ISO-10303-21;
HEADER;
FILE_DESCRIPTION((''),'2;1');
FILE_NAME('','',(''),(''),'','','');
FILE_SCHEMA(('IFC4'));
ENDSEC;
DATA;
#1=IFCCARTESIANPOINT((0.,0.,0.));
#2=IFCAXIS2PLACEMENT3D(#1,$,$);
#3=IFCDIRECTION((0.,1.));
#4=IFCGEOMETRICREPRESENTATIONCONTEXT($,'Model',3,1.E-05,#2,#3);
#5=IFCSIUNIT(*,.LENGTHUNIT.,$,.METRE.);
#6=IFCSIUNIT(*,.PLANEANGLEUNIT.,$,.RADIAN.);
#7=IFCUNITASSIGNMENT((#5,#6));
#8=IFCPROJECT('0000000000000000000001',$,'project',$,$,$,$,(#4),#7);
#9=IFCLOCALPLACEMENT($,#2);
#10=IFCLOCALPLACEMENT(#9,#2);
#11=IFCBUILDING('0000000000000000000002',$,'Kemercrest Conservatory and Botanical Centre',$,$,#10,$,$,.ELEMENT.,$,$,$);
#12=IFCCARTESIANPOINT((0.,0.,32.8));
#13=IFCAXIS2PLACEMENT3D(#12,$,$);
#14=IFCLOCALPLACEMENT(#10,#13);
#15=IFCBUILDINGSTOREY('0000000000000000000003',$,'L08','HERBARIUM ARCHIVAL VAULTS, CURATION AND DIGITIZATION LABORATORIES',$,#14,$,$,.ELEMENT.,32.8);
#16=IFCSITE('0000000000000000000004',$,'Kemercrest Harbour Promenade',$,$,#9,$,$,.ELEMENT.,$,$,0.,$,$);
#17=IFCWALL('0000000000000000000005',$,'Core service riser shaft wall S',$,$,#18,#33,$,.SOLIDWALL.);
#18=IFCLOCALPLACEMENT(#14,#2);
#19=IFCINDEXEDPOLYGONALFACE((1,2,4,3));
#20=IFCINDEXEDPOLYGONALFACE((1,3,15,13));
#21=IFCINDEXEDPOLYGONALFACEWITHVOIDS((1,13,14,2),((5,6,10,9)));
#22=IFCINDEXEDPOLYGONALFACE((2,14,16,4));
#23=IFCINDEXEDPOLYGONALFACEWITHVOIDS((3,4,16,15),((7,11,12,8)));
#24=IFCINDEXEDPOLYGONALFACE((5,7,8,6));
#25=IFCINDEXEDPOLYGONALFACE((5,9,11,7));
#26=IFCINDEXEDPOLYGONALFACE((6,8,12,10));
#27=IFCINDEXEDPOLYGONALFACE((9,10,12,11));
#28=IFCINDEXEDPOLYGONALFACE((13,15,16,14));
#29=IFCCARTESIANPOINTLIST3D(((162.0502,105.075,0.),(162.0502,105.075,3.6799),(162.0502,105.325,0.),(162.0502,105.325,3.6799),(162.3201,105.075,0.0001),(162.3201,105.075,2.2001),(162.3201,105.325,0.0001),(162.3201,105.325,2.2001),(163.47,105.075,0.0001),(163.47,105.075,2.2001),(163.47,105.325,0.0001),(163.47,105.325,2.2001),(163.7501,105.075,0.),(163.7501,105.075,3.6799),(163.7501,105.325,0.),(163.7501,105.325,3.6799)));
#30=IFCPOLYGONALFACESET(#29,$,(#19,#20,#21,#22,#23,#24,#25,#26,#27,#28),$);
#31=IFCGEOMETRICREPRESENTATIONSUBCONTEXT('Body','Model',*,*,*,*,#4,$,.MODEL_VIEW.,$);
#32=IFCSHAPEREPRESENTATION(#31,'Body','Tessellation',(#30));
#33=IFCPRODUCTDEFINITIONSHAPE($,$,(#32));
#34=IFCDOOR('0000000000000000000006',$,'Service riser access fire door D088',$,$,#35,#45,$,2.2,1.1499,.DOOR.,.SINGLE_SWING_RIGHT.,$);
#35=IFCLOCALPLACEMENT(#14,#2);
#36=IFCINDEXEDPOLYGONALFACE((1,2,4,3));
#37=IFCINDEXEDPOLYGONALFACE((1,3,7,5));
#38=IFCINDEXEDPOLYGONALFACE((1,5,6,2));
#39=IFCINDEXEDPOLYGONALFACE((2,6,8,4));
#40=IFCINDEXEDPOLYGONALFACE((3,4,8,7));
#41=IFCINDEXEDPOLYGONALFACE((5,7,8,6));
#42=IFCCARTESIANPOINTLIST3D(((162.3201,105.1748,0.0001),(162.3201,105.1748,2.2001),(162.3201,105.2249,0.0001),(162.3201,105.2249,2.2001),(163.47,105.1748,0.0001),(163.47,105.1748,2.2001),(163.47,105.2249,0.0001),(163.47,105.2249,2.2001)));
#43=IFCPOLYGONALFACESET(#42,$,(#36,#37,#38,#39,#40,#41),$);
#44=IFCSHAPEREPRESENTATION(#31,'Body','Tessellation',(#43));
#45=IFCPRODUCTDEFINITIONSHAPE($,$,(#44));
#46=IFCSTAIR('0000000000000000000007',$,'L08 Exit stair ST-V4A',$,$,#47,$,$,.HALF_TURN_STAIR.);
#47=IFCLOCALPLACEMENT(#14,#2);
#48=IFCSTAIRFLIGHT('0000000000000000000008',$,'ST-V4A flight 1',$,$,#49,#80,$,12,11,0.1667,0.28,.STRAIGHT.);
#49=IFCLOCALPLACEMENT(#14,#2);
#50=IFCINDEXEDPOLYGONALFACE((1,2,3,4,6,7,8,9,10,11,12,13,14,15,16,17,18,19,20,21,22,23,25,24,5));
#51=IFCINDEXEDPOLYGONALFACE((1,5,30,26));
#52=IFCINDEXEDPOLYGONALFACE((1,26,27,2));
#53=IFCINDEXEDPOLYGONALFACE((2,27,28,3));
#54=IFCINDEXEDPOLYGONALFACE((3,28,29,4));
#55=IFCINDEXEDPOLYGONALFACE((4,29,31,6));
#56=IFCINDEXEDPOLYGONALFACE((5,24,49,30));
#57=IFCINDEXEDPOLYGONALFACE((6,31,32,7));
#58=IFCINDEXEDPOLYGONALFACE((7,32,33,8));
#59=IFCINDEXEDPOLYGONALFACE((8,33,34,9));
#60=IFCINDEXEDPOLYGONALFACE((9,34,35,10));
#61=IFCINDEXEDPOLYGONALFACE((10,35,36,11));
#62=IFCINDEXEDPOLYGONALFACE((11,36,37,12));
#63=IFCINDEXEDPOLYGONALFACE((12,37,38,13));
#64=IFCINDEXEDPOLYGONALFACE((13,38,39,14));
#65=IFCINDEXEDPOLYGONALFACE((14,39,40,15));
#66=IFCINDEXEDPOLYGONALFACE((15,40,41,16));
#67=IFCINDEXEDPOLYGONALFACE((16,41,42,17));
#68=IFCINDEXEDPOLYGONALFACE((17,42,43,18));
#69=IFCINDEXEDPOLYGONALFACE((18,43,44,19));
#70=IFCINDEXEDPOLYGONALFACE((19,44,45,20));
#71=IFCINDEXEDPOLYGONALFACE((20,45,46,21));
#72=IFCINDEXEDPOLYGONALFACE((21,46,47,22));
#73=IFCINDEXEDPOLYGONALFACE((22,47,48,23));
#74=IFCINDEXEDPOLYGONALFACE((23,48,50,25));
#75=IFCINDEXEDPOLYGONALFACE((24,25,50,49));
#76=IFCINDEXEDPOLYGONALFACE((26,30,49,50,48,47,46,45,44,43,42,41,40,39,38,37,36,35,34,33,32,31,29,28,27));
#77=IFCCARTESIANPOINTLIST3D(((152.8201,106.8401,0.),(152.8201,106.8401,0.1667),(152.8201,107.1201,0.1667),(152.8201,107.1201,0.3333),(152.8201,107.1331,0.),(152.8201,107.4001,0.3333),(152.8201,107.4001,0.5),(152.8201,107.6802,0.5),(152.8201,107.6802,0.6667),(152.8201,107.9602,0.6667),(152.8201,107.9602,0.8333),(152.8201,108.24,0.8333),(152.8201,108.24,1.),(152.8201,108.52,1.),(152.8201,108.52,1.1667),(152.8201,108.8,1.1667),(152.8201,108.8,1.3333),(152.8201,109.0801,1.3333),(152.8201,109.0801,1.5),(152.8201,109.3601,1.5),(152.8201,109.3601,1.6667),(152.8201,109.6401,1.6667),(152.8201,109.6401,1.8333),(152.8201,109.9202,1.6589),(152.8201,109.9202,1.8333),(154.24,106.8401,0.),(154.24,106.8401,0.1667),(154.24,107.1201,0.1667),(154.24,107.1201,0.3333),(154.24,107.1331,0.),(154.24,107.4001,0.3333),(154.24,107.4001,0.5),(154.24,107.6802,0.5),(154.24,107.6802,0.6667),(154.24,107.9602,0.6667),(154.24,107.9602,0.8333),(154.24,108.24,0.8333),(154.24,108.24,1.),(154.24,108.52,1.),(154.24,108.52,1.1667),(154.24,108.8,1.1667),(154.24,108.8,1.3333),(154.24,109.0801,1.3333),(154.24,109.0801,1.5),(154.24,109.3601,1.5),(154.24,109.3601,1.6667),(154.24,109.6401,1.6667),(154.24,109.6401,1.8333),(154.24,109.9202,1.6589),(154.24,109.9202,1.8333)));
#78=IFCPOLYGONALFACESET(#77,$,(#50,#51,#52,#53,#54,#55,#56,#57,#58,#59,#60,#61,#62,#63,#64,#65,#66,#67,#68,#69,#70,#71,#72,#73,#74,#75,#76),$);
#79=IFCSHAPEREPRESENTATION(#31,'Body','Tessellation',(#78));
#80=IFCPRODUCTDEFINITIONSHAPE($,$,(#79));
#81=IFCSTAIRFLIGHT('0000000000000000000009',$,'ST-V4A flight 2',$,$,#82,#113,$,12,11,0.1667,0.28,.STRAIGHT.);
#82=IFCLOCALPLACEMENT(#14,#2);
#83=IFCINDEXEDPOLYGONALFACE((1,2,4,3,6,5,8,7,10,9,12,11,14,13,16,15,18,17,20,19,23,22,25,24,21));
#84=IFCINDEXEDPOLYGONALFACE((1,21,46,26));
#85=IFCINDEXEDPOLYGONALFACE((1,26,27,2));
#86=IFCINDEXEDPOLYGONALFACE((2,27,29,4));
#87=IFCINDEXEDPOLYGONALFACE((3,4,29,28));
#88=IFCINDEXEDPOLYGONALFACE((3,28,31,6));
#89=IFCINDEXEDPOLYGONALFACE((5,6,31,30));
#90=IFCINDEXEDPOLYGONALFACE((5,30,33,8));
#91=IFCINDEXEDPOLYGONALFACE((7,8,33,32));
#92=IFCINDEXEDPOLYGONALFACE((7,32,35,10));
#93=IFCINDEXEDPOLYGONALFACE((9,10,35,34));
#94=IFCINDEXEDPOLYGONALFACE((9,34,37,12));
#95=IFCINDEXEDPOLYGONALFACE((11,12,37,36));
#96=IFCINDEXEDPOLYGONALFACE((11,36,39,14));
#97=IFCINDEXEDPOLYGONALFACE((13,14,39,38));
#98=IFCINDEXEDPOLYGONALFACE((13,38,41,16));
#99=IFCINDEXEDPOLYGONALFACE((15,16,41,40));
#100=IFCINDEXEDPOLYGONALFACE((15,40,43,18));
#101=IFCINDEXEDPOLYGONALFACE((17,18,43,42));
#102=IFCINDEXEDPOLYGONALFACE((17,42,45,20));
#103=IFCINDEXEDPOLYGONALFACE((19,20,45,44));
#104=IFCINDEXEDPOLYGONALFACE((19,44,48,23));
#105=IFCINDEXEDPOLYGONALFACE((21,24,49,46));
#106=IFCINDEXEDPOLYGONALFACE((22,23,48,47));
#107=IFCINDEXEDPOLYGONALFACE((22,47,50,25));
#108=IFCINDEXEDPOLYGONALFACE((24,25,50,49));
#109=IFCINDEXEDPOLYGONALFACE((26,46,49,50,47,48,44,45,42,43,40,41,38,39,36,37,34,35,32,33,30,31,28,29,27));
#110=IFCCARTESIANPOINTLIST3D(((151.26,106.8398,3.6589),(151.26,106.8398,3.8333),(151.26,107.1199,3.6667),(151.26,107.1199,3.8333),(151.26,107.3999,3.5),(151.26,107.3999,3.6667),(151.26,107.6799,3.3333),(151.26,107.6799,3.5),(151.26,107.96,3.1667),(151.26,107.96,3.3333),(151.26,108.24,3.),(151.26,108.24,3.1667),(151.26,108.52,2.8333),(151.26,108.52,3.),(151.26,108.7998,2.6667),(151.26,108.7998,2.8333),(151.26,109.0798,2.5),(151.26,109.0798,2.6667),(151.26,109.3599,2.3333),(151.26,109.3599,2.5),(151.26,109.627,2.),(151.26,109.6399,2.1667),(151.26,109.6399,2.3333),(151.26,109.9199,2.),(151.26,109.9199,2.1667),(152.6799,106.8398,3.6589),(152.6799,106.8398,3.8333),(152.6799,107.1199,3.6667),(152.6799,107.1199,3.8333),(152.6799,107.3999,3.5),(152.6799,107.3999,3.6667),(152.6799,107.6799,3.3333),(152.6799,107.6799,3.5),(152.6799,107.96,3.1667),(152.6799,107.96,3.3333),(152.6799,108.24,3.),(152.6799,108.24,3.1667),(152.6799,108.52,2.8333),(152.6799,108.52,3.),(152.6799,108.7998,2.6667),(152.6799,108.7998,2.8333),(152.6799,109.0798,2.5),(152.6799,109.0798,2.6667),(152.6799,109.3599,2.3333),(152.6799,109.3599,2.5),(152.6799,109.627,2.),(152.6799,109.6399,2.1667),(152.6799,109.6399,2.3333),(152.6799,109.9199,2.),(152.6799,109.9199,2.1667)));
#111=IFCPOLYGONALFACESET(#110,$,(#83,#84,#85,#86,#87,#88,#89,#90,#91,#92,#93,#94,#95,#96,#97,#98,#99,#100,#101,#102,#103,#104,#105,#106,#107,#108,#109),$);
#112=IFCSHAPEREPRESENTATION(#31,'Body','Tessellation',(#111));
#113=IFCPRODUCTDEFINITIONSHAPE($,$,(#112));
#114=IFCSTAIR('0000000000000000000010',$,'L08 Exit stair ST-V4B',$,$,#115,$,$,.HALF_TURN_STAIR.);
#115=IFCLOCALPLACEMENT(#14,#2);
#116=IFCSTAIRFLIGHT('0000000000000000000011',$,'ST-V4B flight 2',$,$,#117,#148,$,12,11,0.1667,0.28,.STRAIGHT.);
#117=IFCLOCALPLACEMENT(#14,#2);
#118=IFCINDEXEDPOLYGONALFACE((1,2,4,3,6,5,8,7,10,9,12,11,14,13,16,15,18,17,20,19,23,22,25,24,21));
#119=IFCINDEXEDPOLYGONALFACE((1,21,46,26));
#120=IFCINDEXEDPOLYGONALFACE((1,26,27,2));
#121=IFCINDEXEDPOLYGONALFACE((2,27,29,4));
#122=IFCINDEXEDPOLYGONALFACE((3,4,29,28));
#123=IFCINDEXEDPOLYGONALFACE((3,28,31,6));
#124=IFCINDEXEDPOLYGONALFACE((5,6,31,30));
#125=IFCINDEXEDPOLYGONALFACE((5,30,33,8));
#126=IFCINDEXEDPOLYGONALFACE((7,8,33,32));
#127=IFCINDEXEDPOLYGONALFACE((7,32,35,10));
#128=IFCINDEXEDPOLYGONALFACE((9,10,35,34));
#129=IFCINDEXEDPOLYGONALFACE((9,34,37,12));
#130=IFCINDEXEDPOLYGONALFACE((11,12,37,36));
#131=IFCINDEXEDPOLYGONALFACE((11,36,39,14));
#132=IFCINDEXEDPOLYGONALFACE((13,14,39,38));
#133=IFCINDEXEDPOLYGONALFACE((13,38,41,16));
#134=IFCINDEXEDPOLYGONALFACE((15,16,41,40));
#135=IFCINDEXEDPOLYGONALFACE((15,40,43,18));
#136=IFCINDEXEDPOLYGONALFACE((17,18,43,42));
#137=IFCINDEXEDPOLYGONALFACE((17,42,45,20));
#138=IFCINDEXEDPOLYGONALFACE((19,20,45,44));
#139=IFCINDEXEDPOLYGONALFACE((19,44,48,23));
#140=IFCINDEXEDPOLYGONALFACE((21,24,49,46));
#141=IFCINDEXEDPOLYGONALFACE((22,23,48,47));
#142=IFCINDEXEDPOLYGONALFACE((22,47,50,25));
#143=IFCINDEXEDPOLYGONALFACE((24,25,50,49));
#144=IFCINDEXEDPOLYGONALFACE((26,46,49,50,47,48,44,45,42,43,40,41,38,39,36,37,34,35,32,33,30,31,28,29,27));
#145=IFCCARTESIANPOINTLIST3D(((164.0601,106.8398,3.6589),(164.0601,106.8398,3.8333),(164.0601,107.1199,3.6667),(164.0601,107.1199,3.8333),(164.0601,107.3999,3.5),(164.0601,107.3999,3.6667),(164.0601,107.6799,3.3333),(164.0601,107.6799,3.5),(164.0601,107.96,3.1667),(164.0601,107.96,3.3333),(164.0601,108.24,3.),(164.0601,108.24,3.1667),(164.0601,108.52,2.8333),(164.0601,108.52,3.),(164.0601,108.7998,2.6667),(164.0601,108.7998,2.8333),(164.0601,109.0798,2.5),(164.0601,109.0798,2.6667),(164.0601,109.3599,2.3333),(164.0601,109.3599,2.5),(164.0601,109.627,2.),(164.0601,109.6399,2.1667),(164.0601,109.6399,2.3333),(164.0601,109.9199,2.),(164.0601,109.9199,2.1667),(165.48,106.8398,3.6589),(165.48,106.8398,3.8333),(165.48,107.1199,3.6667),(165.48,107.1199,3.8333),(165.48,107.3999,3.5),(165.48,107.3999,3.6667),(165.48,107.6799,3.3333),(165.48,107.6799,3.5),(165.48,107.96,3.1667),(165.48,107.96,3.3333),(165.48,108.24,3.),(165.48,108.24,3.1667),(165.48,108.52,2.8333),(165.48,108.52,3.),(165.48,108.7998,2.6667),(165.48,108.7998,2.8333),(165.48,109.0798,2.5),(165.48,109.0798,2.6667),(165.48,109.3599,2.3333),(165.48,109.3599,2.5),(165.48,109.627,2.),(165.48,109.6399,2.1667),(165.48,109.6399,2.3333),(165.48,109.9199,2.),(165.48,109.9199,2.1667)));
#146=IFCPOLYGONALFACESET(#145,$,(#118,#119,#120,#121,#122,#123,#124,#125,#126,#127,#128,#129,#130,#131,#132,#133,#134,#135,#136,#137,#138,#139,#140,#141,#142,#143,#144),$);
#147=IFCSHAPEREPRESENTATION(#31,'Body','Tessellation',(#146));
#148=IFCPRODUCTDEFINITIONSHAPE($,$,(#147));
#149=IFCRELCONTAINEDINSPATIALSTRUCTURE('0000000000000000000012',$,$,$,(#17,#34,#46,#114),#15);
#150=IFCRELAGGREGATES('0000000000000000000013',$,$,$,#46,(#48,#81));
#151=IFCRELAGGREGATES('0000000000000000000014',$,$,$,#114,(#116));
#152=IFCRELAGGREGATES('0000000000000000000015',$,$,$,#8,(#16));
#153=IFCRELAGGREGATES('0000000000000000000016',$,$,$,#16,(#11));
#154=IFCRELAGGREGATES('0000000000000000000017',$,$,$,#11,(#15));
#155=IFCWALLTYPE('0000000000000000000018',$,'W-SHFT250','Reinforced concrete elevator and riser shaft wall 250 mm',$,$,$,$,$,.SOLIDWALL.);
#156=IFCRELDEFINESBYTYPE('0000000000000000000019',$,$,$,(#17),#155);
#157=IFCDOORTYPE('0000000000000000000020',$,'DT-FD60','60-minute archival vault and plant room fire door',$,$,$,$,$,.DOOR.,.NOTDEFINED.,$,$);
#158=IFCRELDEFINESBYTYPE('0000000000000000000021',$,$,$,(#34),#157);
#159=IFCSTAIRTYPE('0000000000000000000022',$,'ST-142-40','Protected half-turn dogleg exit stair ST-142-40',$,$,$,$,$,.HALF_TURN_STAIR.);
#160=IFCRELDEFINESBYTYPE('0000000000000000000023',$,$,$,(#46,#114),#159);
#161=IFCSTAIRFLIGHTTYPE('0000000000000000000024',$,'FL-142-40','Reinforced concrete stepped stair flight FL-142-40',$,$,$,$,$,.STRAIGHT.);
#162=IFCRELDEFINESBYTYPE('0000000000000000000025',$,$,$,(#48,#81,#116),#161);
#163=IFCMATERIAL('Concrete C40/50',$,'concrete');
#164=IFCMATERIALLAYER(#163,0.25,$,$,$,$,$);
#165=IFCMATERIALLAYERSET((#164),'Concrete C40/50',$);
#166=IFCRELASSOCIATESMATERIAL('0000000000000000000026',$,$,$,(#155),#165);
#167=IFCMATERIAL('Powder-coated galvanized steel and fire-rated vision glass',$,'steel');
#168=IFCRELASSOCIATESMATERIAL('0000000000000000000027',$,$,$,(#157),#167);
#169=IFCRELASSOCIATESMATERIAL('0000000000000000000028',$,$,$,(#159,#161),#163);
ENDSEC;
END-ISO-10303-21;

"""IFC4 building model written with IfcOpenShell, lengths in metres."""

from ifc_helpers import new_model, si_unit, direction, frame, frame_2d, origin, place, context, subcontext, project, spatial, polyline, rectangle, outline, extrude, material, layer, layer_set, type_object, element, fill, aggregate, save


model = new_model("IFC4")

# Units and contexts
model_context = context("Model", 3, precision=1e-05, world=origin(), true_north=direction((0.0, 1.0)))
body_context = subcontext(model_context, "Body", "Model", "MODEL_VIEW")
ifc_project = project(units=[si_unit("LENGTHUNIT", "METRE"), si_unit("PLANEANGLEUNIT", "RADIAN")], contexts=[model_context])

# Site, building, storey
site_placement = place(None, origin())
site = spatial("IfcSite", under=ifc_project, at=site_placement, Name="Kemercrest Harbour Promenade", CompositionType="ELEMENT", RefElevation=0.0)
building_placement = place(site_placement, origin())
building = spatial("IfcBuilding", under=site, at=building_placement, Name="Kemercrest Conservatory and Botanical Centre", CompositionType="ELEMENT")
storey_placement = place(building_placement, frame((0.0, 0.0, 32.8)))
storey = spatial("IfcBuildingStorey", under=building, at=storey_placement, Name="L08", Description="HERBARIUM ARCHIVAL VAULTS, CURATION AND DIGITIZATION LABORATORIES", CompositionType="ELEMENT", Elevation=32.8)

# Shared definitions
ifc_material_1 = material(Name="Powder-coated galvanized steel and fire-rated vision glass", Category="steel")

# Shared definitions
ifc_material_2 = material(Name="Concrete C40/50", Category="concrete")
ifc_layer_1 = layer(ifc_material_2, 0.25)
ifc_layer_set_1 = layer_set([ifc_layer_1], Name="Concrete C40/50")
wall_type_1 = type_object("IfcWallType", Name="W-SHFT250", Description="Reinforced concrete elevator and riser shaft wall 250 mm", PredefinedType="SOLIDWALL", material=ifc_layer_set_1)

# Wall, opening, door
wall_1_placement = place(storey_placement, frame((162.05, 105.2, 0.0), z_axis=(0.0, 0.0, 1.0), x_axis=(1.0, 0.0, 0.0)))
wall_1 = element("IfcWall", 1, at=wall_1_placement, inside=storey, type_object=wall_type_1, Name="Core service riser shaft wall S", PredefinedType="SOLIDWALL", context=body_context, shape_type="SweptSolid", body=[
    extrude(rectangle(XDim=1.7, YDim=0.25, at=frame_2d((0.8501, 0.0))), origin(), (0.0, 0.0, 1.0), 3.6799),
])
opening_1_placement = place(wall_1_placement, frame((0.27, 0.0, 0.0)))
opening_1 = element("IfcOpeningElement", 2, at=opening_1_placement, cuts=wall_1, PredefinedType="OPENING", context=body_context, shape_type="SweptSolid", body=[
    extrude(rectangle(XDim=1.1499, YDim=2.2, at=frame_2d((0.575, 1.1001))), frame((0.0, 0.135, 0.0), z_axis=(0.0, -1.0, 0.0), x_axis=(1.0, 0.0, 0.0)), (0.0, 0.0, 1.0), 0.27),
])
door_type_1 = type_object("IfcDoorType", Name="DT-FD60", Description="60-minute archival vault and plant room fire door", OperationType="NOTDEFINED", PredefinedType="DOOR", material=ifc_material_1)
door_1_placement = place(opening_1_placement, origin())
door_1 = element("IfcDoor", 3, at=door_1_placement, inside=storey, type_object=door_type_1, Name="Service riser access fire door D088", OperationType="SINGLE_SWING_RIGHT", OverallHeight=2.2, OverallWidth=1.1499, PredefinedType="DOOR", context=body_context, shape_type="SweptSolid", body=[
    extrude(rectangle(XDim=1.1499, YDim=2.2, at=frame_2d((0.575, 1.1001))), frame((0.0, 0.0249, 0.0), z_axis=(0.0, -1.0, 0.0), x_axis=(1.0, 0.0, 0.0)), (0.0, 0.0, 1.0), 0.05),
])
fill(opening_1, door_1)

# Stair, stair flights
stair_type = type_object("IfcStairType", Name="ST-142-40", Description="Protected half-turn dogleg exit stair ST-142-40", PredefinedType="HALF_TURN_STAIR", material=ifc_material_2)
stair_1_placement = place(storey_placement, origin())
stair_1 = element("IfcStair", 4, at=stair_1_placement, inside=storey, type_object=stair_type, Name="L08 Exit stair ST-V4A", PredefinedType="HALF_TURN_STAIR")
stair_flight_type = type_object("IfcStairFlightType", Name="FL-142-40", Description="Reinforced concrete stepped stair flight FL-142-40", PredefinedType="STRAIGHT", material=ifc_material_2)
stair_flight_1_placement = place(storey_placement, frame((153.53, 106.8401, 0.0), z_axis=(0.0, 0.0, 1.0), x_axis=(0.0, 1.0, 0.0)))
stair_flight_1 = element("IfcStairFlight", 5, at=stair_flight_1_placement, type_object=stair_flight_type, Name="ST-V4A flight 1", NumberOfRisers=12, NumberOfTreads=11, PredefinedType="STRAIGHT", RiserHeight=0.1667, TreadLength=0.28, context=body_context, shape_type="SweptSolid", body=[
    extrude(outline(polyline([(0.0, 0.0), (0.0, 0.1667), (0.28, 0.1667), (0.28, 0.3333), (0.5601, 0.3333), (0.5601, 0.5), (0.8401, 0.5), (0.8401, 0.6667), (1.1201, 0.6667), (1.1201, 0.8333), (1.3999, 0.8333), (1.3999, 1.0), (1.6799, 1.0), (1.6799, 1.1667), (1.96, 1.1667), (1.96, 1.3333), (2.24, 1.3333), (2.24, 1.5), (2.52, 1.5), (2.52, 1.6667), (2.8, 1.6667), (2.8, 1.8333), (3.0801, 1.8333), (3.0801, 2.0), (3.0801, 1.6589), (0.293, 0.0), (0.0, 0.0)])), frame((0.0, 0.71, 0.0), z_axis=(0.0, -1.0, 0.0), x_axis=(1.0, 0.0, 0.0)), (0.0, 0.0, 1.0), 1.4199),
])
stair_flight_2_placement = place(storey_placement, frame((151.97, 109.9199, 2.0), z_axis=(0.0, 0.0, 1.0), x_axis=(0.0, -1.0, 0.0)))
stair_flight_2 = element("IfcStairFlight", 6, at=stair_flight_2_placement, type_object=stair_flight_type, Name="ST-V4A flight 2", NumberOfRisers=12, NumberOfTreads=11, PredefinedType="STRAIGHT", RiserHeight=0.1667, TreadLength=0.28, context=body_context, shape_type="SweptSolid", body=[
    extrude(outline(polyline([(0.0, 0.0), (0.0, 0.1667), (0.28, 0.1667), (0.28, 0.3333), (0.5601, 0.3333), (0.5601, 0.5), (0.8401, 0.5), (0.8401, 0.6667), (1.1201, 0.6667), (1.1201, 0.8333), (1.3999, 0.8333), (1.3999, 1.0), (1.6799, 1.0), (1.6799, 1.1667), (1.96, 1.1667), (1.96, 1.3333), (2.24, 1.3333), (2.24, 1.5), (2.52, 1.5), (2.52, 1.6667), (2.8, 1.6667), (2.8, 1.8333), (3.0801, 1.8333), (3.0801, 2.0), (3.0801, 1.6589), (0.293, 0.0), (0.0, 0.0)])), frame((0.0, 0.71, 0.0), z_axis=(0.0, -1.0, 0.0), x_axis=(1.0, 0.0, 0.0)), (0.0, 0.0, 1.0), 1.4199),
])
aggregate(stair_1, [stair_flight_1, stair_flight_2])

# Stair, stair flight
stair_2_placement = place(storey_placement, origin())
stair_2 = element("IfcStair", 7, at=stair_2_placement, inside=storey, type_object=stair_type, Name="L08 Exit stair ST-V4B", PredefinedType="HALF_TURN_STAIR")
stair_flight_3_placement = place(storey_placement, frame((164.77, 109.9199, 2.0), z_axis=(0.0, 0.0, 1.0), x_axis=(0.0, -1.0, 0.0)))
stair_flight_3 = element("IfcStairFlight", 8, at=stair_flight_3_placement, type_object=stair_flight_type, Name="ST-V4B flight 2", NumberOfRisers=12, NumberOfTreads=11, PredefinedType="STRAIGHT", RiserHeight=0.1667, TreadLength=0.28, context=body_context, shape_type="SweptSolid", body=[
    extrude(outline(polyline([(0.0, 0.0), (0.0, 0.1667), (0.28, 0.1667), (0.28, 0.3333), (0.5601, 0.3333), (0.5601, 0.5), (0.8401, 0.5), (0.8401, 0.6667), (1.1201, 0.6667), (1.1201, 0.8333), (1.3999, 0.8333), (1.3999, 1.0), (1.6799, 1.0), (1.6799, 1.1667), (1.96, 1.1667), (1.96, 1.3333), (2.24, 1.3333), (2.24, 1.5), (2.52, 1.5), (2.52, 1.6667), (2.8, 1.6667), (2.8, 1.8333), (3.0801, 1.8333), (3.0801, 2.0), (3.0801, 1.6589), (0.293, 0.0), (0.0, 0.0)])), frame((0.0, 0.71, 0.0), z_axis=(0.0, -1.0, 0.0), x_axis=(1.0, 0.0, 0.0)), (0.0, 0.0, 1.0), 1.4199),
])
aggregate(stair_2, [stair_flight_3])

save(model, "model.ifc")
